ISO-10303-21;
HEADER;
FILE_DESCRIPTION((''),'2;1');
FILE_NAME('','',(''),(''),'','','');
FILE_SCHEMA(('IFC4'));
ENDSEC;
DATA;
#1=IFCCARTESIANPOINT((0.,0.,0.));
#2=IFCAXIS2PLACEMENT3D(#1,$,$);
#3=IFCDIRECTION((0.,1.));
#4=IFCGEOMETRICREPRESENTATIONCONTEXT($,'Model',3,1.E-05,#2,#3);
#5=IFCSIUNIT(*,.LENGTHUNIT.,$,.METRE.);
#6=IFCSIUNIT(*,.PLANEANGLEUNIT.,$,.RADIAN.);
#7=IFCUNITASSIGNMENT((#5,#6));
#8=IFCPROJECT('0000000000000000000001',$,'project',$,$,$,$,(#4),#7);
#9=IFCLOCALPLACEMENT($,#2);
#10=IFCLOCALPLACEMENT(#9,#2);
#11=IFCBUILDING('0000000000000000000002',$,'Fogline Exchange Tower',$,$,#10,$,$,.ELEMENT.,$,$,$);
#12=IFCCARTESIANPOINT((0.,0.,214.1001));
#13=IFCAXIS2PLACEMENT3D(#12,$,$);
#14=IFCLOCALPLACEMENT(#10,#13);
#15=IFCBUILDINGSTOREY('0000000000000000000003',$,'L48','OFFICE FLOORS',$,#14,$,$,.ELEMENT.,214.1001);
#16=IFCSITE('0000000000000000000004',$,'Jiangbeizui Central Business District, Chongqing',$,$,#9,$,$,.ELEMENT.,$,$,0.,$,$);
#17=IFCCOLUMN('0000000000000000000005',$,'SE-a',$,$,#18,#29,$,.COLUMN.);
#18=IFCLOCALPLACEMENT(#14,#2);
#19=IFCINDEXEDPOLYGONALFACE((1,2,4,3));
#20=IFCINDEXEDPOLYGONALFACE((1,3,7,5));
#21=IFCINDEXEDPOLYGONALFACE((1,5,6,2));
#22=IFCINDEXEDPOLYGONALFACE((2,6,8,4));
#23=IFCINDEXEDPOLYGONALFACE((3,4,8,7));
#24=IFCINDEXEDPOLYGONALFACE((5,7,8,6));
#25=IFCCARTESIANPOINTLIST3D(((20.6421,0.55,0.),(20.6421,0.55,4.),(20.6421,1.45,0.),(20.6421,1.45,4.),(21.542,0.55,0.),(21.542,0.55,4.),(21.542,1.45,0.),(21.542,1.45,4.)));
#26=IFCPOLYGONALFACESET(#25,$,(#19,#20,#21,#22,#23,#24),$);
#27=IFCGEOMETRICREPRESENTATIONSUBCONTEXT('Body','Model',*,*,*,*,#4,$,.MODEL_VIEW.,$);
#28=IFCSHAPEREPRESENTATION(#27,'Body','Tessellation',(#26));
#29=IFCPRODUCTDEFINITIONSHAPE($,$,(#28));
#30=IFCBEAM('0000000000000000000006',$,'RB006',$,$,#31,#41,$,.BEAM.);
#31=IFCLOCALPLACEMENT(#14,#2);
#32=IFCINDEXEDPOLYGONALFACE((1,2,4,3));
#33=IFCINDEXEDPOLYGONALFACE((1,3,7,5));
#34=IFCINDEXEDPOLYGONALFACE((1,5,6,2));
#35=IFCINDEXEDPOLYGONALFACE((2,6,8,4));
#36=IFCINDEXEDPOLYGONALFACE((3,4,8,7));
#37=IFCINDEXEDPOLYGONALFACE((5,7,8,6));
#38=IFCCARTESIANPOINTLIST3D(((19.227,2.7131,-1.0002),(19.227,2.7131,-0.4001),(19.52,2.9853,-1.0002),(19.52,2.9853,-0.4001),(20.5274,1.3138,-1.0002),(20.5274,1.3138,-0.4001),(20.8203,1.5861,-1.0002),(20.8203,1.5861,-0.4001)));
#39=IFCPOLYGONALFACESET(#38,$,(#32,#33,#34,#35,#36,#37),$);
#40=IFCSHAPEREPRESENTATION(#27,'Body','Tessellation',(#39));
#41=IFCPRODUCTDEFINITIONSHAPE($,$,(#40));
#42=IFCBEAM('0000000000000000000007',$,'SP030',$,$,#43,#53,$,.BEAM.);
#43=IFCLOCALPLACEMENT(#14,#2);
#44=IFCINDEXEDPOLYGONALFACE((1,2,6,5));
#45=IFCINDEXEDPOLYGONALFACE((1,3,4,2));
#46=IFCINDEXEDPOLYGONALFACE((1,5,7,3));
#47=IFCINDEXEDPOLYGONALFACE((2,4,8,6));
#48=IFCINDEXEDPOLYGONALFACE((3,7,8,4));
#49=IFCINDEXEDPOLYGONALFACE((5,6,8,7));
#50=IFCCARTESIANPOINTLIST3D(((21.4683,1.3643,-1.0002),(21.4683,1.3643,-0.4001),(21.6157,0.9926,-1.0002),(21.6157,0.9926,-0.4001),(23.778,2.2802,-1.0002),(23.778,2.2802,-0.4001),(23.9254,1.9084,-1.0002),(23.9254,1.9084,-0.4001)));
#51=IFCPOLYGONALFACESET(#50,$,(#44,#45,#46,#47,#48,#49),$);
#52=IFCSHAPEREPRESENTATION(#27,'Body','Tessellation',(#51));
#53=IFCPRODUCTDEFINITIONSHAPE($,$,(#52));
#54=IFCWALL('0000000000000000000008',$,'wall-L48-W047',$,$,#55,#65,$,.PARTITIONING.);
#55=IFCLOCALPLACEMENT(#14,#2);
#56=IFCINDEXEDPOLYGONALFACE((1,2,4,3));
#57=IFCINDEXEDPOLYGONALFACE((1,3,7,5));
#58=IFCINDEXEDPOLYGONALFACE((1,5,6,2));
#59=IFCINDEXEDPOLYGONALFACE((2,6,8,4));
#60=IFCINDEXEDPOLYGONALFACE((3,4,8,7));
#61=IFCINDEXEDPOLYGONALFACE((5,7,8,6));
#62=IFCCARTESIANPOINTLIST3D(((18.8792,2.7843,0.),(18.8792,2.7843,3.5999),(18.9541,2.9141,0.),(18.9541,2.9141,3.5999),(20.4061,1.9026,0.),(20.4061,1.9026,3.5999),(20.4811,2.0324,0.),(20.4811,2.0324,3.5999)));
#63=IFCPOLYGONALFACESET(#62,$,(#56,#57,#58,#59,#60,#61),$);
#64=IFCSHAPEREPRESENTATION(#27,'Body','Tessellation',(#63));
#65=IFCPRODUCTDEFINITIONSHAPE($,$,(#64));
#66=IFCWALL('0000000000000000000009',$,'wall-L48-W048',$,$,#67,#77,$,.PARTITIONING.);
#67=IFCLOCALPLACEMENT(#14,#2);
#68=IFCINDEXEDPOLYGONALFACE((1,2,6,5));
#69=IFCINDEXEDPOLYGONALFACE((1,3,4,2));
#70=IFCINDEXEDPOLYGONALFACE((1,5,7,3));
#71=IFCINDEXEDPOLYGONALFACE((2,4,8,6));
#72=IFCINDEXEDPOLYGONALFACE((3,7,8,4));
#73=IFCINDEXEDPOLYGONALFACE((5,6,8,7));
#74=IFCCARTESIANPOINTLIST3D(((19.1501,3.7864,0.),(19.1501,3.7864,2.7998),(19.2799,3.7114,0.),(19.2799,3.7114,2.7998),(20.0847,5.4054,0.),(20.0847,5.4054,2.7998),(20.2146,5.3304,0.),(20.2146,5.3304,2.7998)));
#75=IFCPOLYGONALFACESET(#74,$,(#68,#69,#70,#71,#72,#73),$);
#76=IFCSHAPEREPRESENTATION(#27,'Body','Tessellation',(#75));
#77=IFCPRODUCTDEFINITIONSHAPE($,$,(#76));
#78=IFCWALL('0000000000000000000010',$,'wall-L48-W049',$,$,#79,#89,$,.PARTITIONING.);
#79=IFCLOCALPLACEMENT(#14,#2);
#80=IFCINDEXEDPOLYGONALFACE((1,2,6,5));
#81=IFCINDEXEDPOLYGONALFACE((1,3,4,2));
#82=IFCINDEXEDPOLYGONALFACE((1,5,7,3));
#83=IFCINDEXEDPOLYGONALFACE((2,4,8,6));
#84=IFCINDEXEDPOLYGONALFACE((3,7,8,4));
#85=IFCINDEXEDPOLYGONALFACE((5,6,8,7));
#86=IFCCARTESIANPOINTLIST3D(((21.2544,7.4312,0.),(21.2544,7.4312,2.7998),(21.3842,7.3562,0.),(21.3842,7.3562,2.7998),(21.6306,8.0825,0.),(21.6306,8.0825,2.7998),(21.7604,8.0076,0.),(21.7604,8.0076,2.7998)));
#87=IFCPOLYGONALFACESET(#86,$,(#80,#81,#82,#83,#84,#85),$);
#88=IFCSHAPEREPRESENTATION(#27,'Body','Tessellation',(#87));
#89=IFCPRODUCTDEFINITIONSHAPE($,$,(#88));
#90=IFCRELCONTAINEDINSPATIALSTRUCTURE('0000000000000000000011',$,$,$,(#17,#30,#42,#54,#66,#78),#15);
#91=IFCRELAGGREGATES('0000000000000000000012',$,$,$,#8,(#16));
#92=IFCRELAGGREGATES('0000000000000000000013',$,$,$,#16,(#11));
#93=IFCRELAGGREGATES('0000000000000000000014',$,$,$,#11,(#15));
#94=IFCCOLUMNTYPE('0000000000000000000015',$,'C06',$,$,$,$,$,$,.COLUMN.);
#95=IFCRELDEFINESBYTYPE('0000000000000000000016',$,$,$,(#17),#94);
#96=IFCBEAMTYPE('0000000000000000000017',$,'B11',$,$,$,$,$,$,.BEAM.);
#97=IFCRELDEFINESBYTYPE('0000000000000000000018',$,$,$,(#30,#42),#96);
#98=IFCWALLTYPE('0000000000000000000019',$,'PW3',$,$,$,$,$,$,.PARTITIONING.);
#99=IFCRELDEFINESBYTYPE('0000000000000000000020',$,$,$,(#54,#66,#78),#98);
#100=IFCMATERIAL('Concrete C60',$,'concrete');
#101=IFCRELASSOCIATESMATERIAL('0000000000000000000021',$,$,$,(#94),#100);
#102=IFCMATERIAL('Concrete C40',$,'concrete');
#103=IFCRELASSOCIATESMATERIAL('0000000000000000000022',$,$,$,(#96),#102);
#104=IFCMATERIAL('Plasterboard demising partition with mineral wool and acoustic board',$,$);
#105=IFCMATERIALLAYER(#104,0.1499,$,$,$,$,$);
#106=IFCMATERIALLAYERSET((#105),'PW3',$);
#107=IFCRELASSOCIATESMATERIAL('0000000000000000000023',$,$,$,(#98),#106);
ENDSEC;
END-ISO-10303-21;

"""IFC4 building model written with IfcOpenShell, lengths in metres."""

from ifc_helpers import new_model, si_unit, direction, frame, frame_2d, origin, origin_2d, place, context, subcontext, project, spatial, rectangle, extrude, material, layer, layer_set, material_profile, profile_set, type_object, element, save


model = new_model("IFC4")

# Units and contexts
model_context = context("Model", 3, precision=1e-05, world=origin(), true_north=direction((0.0, 1.0)))
body_context = subcontext(model_context, "Body", "Model", "MODEL_VIEW")
ifc_project = project(units=[si_unit("LENGTHUNIT", "METRE"), si_unit("PLANEANGLEUNIT", "RADIAN")], contexts=[model_context])

# Site, building, storey
site_placement = place(None, origin())
site = spatial("IfcSite", under=ifc_project, at=site_placement, Name="Jiangbeizui Central Business District, Chongqing", CompositionType="ELEMENT", RefElevation=0.0)
building_placement = place(site_placement, origin())
building = spatial("IfcBuilding", under=site, at=building_placement, Name="Fogline Exchange Tower", CompositionType="ELEMENT")
storey_placement = place(building_placement, frame((0.0, 0.0, 214.1001)))
storey = spatial("IfcBuildingStorey", under=building, at=storey_placement, Name="L48", Description="OFFICE FLOORS", CompositionType="ELEMENT", Elevation=214.1001)

# Column
ifc_material_1 = material(Name="Concrete C60", Category="concrete")
ifc_material_profile_1 = material_profile(ifc_material_1, rectangle(XDim=0.8999, YDim=0.8999, at=origin_2d()), Name="RC 900x900")
ifc_profile_set_1 = profile_set([ifc_material_profile_1], Name="Concrete C60")
column_type = type_object("IfcColumnType", Name="C06", PredefinedType="COLUMN", material=ifc_profile_set_1)
column_placement = place(storey_placement, frame((21.092, 1.0, 0.0), z_axis=(0.0, 0.0, 1.0), x_axis=(1.0, 0.0, 0.0)))
element("IfcColumn", 1, at=column_placement, inside=storey, type_object=column_type, Name="SE-a", PredefinedType="COLUMN", context=body_context, shape_type="SweptSolid", body=[
    extrude(rectangle(XDim=0.8999, YDim=0.8999, at=origin_2d()), origin(), (0.0, 0.0, 1.0), 4.0),
])

# Beams
ifc_material_2 = material(Name="Concrete C40", Category="concrete")
ifc_material_profile_2 = material_profile(ifc_material_2, rectangle(XDim=0.3999, YDim=0.6001, at=origin_2d()), Name="RC 400x600")
ifc_profile_set_2 = profile_set([ifc_material_profile_2], Name="Concrete C40")
beam_type = type_object("IfcBeamType", Name="B11", PredefinedType="BEAM", material=ifc_profile_set_2)
beam_1_placement = place(storey_placement, frame((20.6738, 1.45, -0.7002), z_axis=(-0.68075, 0.732516, 0.0), x_axis=(-0.732516, -0.68075, 0.0)))
element("IfcBeam", 2, at=beam_1_placement, inside=storey, type_object=beam_type, Name="RB006", PredefinedType="BEAM", context=body_context, shape_type="SweptSolid", body=[
    extrude(rectangle(XDim=0.3999, YDim=0.6001, at=origin_2d()), origin(), (0.0, 0.0, 1.0), 1.9102),
])
beam_2_placement = place(storey_placement, frame((21.542, 1.1785, -0.7002), z_axis=(0.929591, 0.368594, 0.0), x_axis=(-0.368594, 0.929591, 0.0)))
element("IfcBeam", 3, at=beam_2_placement, inside=storey, type_object=beam_type, Name="SP030", PredefinedType="BEAM", context=body_context, shape_type="SweptSolid", body=[
    extrude(rectangle(XDim=0.3999, YDim=0.6001, at=origin_2d()), origin(), (0.0, 0.0, 1.0), 2.4846),
])

# Walls
ifc_material_3 = material(Name="Plasterboard demising partition with mineral wool and acoustic board")
ifc_layer_1 = layer(ifc_material_3, 0.1499)
ifc_layer_set_1 = layer_set([ifc_layer_1], Name="PW3")
wall_type_1 = type_object("IfcWallType", Name="PW3", PredefinedType="PARTITIONING", material=ifc_layer_set_1)
wall_1_placement = place(storey_placement, frame((20.4436, 1.9675, 0.0), z_axis=(0.0, 0.0, 1.0), x_axis=(-0.86601, 0.500026, 0.0)))
element("IfcWall", 4, at=wall_1_placement, inside=storey, type_object=wall_type_1, Name="wall-L48-W047", PredefinedType="PARTITIONING", context=body_context, shape_type="SweptSolid", body=[
    extrude(rectangle(XDim=1.7632, YDim=0.1499, at=frame_2d((0.8816, 0.0))), origin(), (0.0, 0.0, 1.0), 3.5999),
])
wall_2_placement = place(storey_placement, frame((19.2151, 3.749, 0.0), z_axis=(0.0, 0.0, 1.0), x_axis=(0.49996, 0.866049, 0.0)))
element("IfcWall", 5, at=wall_2_placement, inside=storey, type_object=wall_type_1, Name="wall-L48-W048", PredefinedType="PARTITIONING", context=body_context, shape_type="SweptSolid", body=[
    extrude(rectangle(XDim=1.8694, YDim=0.1499, at=frame_2d((0.9346, 0.0))), origin(), (0.0, 0.0, 1.0), 2.7998),
])
wall_3_placement = place(storey_placement, frame((21.3193, 7.3938, 0.0), z_axis=(0.0, 0.0, 1.0), x_axis=(0.500153, 0.865937, 0.0)))
element("IfcWall", 6, at=wall_3_placement, inside=storey, type_object=wall_type_1, Name="wall-L48-W049", PredefinedType="PARTITIONING", context=body_context, shape_type="SweptSolid", body=[
    extrude(rectangle(XDim=0.7522, YDim=0.1499, at=frame_2d((0.376, 0.0))), origin(), (0.0, 0.0, 1.0), 2.7998),
])

save(model, "model.ifc")
